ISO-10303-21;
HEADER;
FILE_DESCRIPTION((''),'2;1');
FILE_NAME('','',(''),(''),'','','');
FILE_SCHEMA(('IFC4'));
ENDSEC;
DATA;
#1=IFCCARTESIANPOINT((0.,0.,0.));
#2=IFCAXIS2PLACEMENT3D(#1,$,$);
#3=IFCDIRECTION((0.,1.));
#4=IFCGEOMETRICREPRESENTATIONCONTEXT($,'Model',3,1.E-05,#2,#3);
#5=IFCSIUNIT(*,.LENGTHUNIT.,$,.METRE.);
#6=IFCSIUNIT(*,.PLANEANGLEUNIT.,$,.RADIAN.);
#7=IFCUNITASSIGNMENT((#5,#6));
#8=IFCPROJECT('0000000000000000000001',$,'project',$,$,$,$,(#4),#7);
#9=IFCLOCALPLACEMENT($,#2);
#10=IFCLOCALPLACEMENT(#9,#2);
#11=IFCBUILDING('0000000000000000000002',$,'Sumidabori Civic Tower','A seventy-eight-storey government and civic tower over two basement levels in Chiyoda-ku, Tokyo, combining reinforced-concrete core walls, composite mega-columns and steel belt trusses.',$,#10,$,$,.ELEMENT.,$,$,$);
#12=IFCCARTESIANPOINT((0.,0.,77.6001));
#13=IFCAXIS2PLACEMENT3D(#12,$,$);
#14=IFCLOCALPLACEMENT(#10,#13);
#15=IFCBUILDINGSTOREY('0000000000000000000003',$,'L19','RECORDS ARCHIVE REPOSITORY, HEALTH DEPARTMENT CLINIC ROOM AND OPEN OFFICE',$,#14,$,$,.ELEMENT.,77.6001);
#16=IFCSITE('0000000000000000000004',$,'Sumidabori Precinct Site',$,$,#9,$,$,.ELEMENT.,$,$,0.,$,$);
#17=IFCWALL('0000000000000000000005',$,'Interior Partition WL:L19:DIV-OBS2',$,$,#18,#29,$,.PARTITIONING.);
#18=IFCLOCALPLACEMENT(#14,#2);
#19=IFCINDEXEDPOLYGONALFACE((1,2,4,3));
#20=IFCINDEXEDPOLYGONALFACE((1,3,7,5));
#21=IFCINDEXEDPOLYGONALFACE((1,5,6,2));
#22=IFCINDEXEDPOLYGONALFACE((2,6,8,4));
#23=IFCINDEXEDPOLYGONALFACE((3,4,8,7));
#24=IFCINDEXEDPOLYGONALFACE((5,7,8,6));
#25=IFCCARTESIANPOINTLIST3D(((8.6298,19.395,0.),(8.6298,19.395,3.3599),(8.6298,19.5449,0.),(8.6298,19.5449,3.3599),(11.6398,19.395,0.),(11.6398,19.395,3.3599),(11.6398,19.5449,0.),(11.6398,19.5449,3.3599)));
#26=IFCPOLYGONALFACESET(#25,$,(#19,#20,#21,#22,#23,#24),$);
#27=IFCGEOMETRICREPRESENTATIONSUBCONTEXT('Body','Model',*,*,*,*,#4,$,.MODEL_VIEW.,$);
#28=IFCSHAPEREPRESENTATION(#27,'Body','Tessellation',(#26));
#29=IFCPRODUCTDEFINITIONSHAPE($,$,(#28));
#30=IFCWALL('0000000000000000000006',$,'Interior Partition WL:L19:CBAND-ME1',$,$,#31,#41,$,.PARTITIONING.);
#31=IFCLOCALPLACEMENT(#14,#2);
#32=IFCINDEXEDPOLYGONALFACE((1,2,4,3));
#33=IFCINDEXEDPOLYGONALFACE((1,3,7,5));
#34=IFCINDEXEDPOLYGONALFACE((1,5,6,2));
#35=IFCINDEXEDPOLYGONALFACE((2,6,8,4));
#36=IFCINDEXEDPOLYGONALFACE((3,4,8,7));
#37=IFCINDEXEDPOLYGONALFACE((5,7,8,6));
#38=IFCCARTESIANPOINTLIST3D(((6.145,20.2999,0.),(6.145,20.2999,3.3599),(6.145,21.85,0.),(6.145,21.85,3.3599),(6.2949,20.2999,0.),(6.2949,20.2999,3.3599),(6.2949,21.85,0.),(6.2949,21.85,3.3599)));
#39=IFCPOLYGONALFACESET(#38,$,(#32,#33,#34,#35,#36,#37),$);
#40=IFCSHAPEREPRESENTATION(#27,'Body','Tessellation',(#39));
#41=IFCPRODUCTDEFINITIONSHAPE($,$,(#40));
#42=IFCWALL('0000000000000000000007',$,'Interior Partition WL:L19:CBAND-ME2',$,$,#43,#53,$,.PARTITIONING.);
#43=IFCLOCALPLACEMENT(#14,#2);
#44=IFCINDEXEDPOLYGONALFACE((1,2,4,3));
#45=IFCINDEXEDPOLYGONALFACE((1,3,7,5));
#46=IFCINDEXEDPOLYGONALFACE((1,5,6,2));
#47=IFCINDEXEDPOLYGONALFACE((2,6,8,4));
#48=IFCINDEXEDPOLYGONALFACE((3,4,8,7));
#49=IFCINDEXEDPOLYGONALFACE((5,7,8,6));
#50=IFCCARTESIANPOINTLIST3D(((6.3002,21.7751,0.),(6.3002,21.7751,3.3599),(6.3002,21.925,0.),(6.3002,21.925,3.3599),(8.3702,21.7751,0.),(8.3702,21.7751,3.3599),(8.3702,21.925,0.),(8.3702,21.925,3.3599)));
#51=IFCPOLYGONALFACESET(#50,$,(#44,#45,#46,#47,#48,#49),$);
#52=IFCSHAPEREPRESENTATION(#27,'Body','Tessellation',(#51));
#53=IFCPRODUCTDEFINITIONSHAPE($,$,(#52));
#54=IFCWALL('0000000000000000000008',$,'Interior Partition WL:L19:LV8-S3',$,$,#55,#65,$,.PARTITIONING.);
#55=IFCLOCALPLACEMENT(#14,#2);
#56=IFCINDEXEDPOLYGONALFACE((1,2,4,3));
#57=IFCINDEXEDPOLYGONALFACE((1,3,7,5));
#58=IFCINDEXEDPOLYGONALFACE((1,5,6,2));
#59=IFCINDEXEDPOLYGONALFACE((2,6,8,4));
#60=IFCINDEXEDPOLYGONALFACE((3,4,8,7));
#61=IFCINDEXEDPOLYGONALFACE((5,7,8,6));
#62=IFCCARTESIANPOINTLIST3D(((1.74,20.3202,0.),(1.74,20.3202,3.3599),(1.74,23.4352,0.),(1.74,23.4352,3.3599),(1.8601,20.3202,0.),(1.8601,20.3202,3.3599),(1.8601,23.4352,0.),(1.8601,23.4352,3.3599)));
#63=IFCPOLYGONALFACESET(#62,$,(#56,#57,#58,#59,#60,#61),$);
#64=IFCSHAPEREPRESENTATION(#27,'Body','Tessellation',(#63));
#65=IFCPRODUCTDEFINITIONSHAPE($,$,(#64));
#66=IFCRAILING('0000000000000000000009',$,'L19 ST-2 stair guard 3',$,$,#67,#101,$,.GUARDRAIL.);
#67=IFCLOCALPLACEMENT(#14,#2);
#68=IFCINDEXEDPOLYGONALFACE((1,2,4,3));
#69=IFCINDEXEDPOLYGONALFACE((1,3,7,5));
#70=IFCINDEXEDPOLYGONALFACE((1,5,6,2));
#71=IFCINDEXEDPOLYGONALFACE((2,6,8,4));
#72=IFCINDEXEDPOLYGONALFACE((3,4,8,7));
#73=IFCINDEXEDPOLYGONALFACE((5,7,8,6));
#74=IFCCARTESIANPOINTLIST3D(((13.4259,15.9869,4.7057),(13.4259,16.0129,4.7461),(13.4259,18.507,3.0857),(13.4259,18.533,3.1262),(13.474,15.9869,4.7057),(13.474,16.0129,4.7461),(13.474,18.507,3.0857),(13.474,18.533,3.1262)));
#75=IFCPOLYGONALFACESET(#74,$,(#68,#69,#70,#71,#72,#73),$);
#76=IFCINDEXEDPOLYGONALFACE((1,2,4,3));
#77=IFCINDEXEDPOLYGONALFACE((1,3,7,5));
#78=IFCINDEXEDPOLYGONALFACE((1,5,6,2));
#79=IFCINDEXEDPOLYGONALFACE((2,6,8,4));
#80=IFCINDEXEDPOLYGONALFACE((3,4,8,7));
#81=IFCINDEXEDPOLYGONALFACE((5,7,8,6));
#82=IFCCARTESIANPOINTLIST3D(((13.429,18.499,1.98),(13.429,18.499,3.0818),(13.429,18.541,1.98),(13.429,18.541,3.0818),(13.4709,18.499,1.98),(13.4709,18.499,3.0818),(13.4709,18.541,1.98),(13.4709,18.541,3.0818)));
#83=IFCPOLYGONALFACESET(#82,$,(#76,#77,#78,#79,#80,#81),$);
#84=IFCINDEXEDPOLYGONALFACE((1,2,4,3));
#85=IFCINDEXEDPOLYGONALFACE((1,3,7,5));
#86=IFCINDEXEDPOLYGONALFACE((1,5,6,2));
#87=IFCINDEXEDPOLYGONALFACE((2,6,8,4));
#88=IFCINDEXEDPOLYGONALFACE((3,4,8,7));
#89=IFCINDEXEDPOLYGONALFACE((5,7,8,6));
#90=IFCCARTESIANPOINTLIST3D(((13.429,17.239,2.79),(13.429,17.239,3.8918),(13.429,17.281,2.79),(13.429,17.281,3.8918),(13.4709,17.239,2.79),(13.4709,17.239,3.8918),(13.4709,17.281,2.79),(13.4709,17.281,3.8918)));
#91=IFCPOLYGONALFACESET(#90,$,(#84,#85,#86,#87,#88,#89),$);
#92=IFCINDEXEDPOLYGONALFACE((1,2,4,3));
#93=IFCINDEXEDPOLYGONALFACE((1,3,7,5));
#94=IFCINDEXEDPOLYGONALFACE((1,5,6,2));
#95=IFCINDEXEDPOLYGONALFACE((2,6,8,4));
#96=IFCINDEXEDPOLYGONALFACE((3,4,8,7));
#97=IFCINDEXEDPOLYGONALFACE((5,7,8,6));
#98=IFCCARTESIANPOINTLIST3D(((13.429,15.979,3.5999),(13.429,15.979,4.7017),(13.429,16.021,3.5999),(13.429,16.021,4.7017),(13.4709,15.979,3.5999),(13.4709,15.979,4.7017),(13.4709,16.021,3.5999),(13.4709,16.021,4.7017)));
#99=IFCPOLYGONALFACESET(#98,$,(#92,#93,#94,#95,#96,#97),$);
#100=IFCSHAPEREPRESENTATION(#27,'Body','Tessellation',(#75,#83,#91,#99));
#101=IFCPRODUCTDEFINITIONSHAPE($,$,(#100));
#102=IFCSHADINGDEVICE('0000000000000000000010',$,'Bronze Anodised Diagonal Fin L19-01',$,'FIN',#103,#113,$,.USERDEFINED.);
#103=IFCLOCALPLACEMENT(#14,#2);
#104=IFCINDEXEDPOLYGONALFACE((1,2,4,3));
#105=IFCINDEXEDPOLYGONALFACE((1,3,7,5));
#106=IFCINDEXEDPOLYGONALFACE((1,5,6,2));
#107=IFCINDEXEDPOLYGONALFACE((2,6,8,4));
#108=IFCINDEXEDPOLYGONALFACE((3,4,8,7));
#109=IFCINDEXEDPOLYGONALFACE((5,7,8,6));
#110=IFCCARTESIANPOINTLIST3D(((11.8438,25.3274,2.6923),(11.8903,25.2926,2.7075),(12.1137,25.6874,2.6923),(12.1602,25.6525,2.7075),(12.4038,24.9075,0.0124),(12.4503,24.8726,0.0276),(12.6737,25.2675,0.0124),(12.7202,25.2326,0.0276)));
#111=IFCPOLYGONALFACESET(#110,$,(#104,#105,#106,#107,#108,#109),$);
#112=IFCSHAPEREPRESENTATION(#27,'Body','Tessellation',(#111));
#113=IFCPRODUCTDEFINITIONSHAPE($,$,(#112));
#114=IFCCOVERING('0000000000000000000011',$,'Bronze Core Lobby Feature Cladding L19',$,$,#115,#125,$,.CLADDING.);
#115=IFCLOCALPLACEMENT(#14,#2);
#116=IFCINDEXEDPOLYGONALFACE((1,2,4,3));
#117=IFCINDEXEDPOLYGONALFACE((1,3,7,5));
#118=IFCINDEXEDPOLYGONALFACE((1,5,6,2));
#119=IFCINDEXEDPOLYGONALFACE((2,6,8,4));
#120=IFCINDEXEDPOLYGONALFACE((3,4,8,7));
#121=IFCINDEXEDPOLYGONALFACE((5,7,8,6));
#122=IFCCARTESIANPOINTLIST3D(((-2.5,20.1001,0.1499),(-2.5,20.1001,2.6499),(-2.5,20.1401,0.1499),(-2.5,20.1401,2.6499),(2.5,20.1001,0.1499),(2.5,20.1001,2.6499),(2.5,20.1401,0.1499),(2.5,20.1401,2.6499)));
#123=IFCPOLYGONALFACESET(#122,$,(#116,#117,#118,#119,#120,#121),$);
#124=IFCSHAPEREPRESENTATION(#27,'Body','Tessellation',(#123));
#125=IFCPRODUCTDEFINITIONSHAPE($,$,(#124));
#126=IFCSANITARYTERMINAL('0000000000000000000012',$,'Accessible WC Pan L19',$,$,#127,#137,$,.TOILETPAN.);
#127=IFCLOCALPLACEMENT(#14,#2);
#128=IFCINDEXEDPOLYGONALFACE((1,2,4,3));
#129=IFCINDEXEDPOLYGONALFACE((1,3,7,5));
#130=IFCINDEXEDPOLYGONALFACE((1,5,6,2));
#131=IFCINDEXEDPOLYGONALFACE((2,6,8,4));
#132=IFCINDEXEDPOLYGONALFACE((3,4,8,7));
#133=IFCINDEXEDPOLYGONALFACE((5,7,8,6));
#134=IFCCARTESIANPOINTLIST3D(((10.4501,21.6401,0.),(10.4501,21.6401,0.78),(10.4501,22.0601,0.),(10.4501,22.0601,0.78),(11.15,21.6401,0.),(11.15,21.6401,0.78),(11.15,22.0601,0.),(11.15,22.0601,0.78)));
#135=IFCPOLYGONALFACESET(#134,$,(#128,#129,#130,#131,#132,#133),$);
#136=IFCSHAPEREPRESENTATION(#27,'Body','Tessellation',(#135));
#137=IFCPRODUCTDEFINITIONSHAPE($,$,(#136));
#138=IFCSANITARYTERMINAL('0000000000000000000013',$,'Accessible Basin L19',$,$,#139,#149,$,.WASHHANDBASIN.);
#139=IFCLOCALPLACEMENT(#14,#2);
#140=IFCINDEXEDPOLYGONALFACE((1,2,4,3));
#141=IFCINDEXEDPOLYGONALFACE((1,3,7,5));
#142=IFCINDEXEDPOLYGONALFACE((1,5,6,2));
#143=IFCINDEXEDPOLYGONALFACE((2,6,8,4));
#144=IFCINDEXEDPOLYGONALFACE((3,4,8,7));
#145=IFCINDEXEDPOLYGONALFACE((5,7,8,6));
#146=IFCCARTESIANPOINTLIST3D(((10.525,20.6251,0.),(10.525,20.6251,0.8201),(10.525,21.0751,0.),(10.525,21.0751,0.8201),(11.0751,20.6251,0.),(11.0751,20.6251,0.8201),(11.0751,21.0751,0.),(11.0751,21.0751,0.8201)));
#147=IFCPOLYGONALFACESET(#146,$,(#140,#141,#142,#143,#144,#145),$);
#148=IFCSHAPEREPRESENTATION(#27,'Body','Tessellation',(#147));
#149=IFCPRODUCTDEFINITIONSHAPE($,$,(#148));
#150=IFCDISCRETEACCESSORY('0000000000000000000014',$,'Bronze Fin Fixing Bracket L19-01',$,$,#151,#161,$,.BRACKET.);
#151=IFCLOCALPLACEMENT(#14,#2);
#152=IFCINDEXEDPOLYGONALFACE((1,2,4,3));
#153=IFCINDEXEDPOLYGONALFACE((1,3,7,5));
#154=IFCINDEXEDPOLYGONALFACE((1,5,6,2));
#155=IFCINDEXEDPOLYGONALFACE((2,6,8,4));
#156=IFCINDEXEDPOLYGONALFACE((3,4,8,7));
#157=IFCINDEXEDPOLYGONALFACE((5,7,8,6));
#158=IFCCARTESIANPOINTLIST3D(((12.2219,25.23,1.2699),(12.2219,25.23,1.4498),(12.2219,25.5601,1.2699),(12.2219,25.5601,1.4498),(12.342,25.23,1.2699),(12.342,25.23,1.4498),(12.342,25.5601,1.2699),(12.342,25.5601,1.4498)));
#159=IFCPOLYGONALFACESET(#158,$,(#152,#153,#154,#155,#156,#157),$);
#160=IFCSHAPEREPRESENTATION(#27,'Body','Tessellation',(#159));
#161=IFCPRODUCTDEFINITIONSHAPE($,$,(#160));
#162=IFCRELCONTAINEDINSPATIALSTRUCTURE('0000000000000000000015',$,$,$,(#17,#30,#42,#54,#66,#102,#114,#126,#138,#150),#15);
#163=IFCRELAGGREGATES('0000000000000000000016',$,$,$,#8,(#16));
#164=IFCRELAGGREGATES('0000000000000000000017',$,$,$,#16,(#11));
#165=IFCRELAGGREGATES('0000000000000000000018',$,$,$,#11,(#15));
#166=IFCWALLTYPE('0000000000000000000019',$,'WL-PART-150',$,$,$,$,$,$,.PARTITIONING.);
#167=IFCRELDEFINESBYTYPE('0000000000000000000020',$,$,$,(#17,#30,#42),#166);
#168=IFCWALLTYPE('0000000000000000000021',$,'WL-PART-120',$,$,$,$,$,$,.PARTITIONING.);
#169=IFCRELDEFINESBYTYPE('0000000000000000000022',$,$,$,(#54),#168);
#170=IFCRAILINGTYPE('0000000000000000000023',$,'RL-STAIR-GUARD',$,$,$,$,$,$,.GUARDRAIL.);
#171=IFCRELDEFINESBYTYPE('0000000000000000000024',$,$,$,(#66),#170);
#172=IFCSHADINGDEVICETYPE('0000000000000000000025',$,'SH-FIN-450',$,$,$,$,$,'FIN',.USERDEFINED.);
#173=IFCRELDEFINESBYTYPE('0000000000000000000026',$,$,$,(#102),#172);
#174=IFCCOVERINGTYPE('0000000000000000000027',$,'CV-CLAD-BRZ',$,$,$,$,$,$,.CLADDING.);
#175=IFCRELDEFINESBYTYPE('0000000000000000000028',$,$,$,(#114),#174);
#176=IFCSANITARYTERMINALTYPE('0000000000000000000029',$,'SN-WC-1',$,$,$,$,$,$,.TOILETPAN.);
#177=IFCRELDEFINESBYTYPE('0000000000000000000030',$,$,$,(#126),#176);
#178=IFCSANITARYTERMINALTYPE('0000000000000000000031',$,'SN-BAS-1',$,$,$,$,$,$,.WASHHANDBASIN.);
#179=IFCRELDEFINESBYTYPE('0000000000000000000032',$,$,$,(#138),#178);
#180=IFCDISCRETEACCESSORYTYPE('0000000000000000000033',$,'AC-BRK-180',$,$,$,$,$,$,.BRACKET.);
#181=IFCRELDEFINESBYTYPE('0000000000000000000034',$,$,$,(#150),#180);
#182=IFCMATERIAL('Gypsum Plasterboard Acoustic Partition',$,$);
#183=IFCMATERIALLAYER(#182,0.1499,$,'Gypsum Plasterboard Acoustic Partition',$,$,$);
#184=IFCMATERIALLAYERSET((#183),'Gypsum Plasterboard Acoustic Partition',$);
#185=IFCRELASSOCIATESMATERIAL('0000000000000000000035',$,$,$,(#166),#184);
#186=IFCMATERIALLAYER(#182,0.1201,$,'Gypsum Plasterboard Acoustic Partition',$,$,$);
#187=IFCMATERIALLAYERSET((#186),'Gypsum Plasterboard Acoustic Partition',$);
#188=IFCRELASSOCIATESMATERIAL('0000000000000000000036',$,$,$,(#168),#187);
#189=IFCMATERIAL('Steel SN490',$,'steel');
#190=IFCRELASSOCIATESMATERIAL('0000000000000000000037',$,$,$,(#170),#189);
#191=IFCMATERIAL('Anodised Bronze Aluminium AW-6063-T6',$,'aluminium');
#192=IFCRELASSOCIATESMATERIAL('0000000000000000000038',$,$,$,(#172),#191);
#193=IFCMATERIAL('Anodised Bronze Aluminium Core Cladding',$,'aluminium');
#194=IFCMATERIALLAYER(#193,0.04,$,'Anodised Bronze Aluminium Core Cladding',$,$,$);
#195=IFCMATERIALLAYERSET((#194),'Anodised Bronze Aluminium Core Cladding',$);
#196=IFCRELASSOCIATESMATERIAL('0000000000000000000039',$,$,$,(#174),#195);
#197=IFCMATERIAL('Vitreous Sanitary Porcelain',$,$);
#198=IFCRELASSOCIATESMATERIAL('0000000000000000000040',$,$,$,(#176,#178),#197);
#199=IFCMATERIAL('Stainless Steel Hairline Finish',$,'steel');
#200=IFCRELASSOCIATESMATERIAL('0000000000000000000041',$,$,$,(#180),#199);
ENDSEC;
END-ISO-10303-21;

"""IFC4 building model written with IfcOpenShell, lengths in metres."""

from ifc_helpers import new_model, si_unit, direction, frame, frame_2d, origin, origin_2d, place, context, subcontext, project, spatial, rectangle, extrude, source, transform, mapped, material, layer, layer_set, material_profile, profile_set, type_object, element, save


model = new_model("IFC4")

# Units and contexts
model_context = context("Model", 3, precision=1e-05, world=origin(), true_north=direction((0.0, 1.0)))
body_context = subcontext(model_context, "Body", "Model", "MODEL_VIEW")
ifc_project = project(units=[si_unit("LENGTHUNIT", "METRE"), si_unit("PLANEANGLEUNIT", "RADIAN")], contexts=[model_context])

# Site, building, storey
site_placement = place(None, origin())
site = spatial("IfcSite", under=ifc_project, at=site_placement, Name="Sumidabori Precinct Site", CompositionType="ELEMENT", RefElevation=0.0)
building_placement = place(site_placement, origin())
building = spatial("IfcBuilding", under=site, at=building_placement, Name="Sumidabori Civic Tower", Description="A seventy-eight-storey government and civic tower over two basement levels in Chiyoda-ku, Tokyo, combining reinforced-concrete core walls, composite mega-columns and steel belt trusses.", CompositionType="ELEMENT")
storey_placement = place(building_placement, frame((0.0, 0.0, 77.6001)))
storey = spatial("IfcBuildingStorey", under=building, at=storey_placement, Name="L19", Description="RECORDS ARCHIVE REPOSITORY, HEALTH DEPARTMENT CLINIC ROOM AND OPEN OFFICE", CompositionType="ELEMENT", Elevation=77.6001)

# Shared definitions
ifc_material_1 = material(Name="Steel SN490", Category="steel")

# Shared definitions
ifc_material_2 = material(Name="Anodised Bronze Aluminium AW-6063-T6", Category="aluminium")

# Walls
ifc_material_3 = material(Name="Gypsum Plasterboard Acoustic Partition")
ifc_layer_1 = layer(ifc_material_3, 0.1499, Name="Gypsum Plasterboard Acoustic Partition")
ifc_layer_set_1 = layer_set([ifc_layer_1], Name="Gypsum Plasterboard Acoustic Partition")
wall_type_1 = type_object("IfcWallType", Name="WL-PART-150", PredefinedType="PARTITIONING", material=ifc_layer_set_1)
shared_shape_1 = source(origin(), body_context, "Body", "SweptSolid", [
    extrude(rectangle(XDim=3.01, YDim=0.1499, at=frame_2d((1.5049, 0.0))), origin(), (0.0, 0.0, 1.0), 3.3599),
])
wall_1_placement = place(storey_placement, frame((8.6299, 19.47, 0.0), z_axis=(0.0, 0.0, 1.0), x_axis=(1.0, 0.0, 0.0)))
element("IfcWall", 1, at=wall_1_placement, inside=storey, type_object=wall_type_1, Name="Interior Partition WL:L19:DIV-OBS2", PredefinedType="PARTITIONING", context=body_context, shape_type="MappedRepresentation", body=[
    mapped(shared_shape_1, transform((0.0, 0.0, 0.0), x_axis=(1.0, 0.0, 0.0), y_axis=(0.0, 1.0, 0.0), z_axis=(0.0, 0.0, 1.0), scale=1.0)),
])
shared_shape_2 = source(origin(), body_context, "Body", "SweptSolid", [
    extrude(rectangle(XDim=1.55, YDim=0.1499, at=frame_2d((0.7749, 0.0))), origin(), (0.0, 0.0, 1.0), 3.3599),
])
wall_2_placement = place(storey_placement, frame((6.22, 20.3, 0.0), z_axis=(0.0, 0.0, 1.0), x_axis=(0.0, 1.0, 0.0)))
element("IfcWall", 2, at=wall_2_placement, inside=storey, type_object=wall_type_1, Name="Interior Partition WL:L19:CBAND-ME1", PredefinedType="PARTITIONING", context=body_context, shape_type="MappedRepresentation", body=[
    mapped(shared_shape_2, transform((0.0, 0.0, 0.0), x_axis=(1.0, 0.0, 0.0), y_axis=(0.0, 1.0, 0.0), z_axis=(0.0, 0.0, 1.0), scale=1.0)),
])
shared_shape_3 = source(origin(), body_context, "Body", "SweptSolid", [
    extrude(rectangle(XDim=2.0701, YDim=0.1499, at=frame_2d((1.0352, 0.0))), origin(), (0.0, 0.0, 1.0), 3.3599),
])
wall_3_placement = place(storey_placement, frame((6.3, 21.8501, 0.0), z_axis=(0.0, 0.0, 1.0), x_axis=(1.0, 0.0, 0.0)))
element("IfcWall", 3, at=wall_3_placement, inside=storey, type_object=wall_type_1, Name="Interior Partition WL:L19:CBAND-ME2", PredefinedType="PARTITIONING", context=body_context, shape_type="MappedRepresentation", body=[
    mapped(shared_shape_3, transform((0.0, 0.0, 0.0), x_axis=(1.0, 0.0, 0.0), y_axis=(0.0, 1.0, 0.0), z_axis=(0.0, 0.0, 1.0), scale=1.0)),
])
ifc_layer_2 = layer(ifc_material_3, 0.1201, Name="Gypsum Plasterboard Acoustic Partition")
ifc_layer_set_2 = layer_set([ifc_layer_2], Name="Gypsum Plasterboard Acoustic Partition")
wall_type_2 = type_object("IfcWallType", Name="WL-PART-120", PredefinedType="PARTITIONING", material=ifc_layer_set_2)
shared_shape_4 = source(origin(), body_context, "Body", "SweptSolid", [
    extrude(rectangle(XDim=3.115, YDim=0.1201, at=frame_2d((1.5576, 0.0))), origin(), (0.0, 0.0, 1.0), 3.3599),
])
wall_4_placement = place(storey_placement, frame((1.8, 20.3201, 0.0), z_axis=(0.0, 0.0, 1.0), x_axis=(0.0, 1.0, 0.0)))
element("IfcWall", 4, at=wall_4_placement, inside=storey, type_object=wall_type_2, Name="Interior Partition WL:L19:LV8-S3", PredefinedType="PARTITIONING", context=body_context, shape_type="MappedRepresentation", body=[
    mapped(shared_shape_4, transform((0.0, 0.0, 0.0), x_axis=(1.0, 0.0, 0.0), y_axis=(0.0, 1.0, 0.0), z_axis=(0.0, 0.0, 1.0), scale=1.0)),
])

# Railing
railing_type = type_object("IfcRailingType", Name="RL-STAIR-GUARD", PredefinedType="GUARDRAIL", material=ifc_material_1)
railing_placement = place(storey_placement, frame((13.45, 18.52, 1.98)))
element("IfcRailing", 5, at=railing_placement, inside=storey, type_object=railing_type, Name="L19 ST-2 stair guard 3", PredefinedType="GUARDRAIL", context=body_context, shape_type="SweptSolid", body=[
    extrude(rectangle(XDim=0.0481, YDim=0.0481, at=origin_2d()), frame((0.0, 0.0, 1.126), z_axis=(0.0, -0.8412, 0.540725), x_axis=(1.0, 0.0, 0.0)), (0.0, 0.0, 1.0), 2.9958),
    extrude(rectangle(XDim=0.042, YDim=0.042, at=origin_2d()), origin(), (0.0, 0.0, 1.0), 1.1018),
    extrude(rectangle(XDim=0.042, YDim=0.042, at=origin_2d()), frame((0.0, -1.26, 0.8101)), (0.0, 0.0, 1.0), 1.1018),
    extrude(rectangle(XDim=0.042, YDim=0.042, at=origin_2d()), frame((0.0, -2.52, 1.6199)), (0.0, 0.0, 1.0), 1.1018),
])

# Shading device
ifc_material_profile_1 = material_profile(ifc_material_2, rectangle(XDim=0.0601, YDim=0.45, at=origin_2d()), Name="BRONZE FIN 450x60")
ifc_profile_set_1 = profile_set([ifc_material_profile_1], Name="Anodised Bronze Aluminium AW-6063-T6")
shading_device_type = type_object("IfcShadingDeviceType", Name="SH-FIN-450", ElementType="FIN", PredefinedType="USERDEFINED", material=ifc_profile_set_1)
shared_shape_5 = source(origin(), body_context, "Body", "SweptSolid", [
    extrude(rectangle(XDim=0.0601, YDim=0.45, at=origin_2d()), origin(), (0.0, 0.0, 1.0), 2.7698),
])
shading_device_placement = place(storey_placement, frame((12.562, 25.0701, 0.02), z_axis=(-0.202199, 0.151605, 0.967539), x_axis=(0.774112, -0.580415, 0.252722)))
element("IfcShadingDevice", 6, at=shading_device_placement, inside=storey, type_object=shading_device_type, Name="Bronze Anodised Diagonal Fin L19-01", ObjectType="FIN", PredefinedType="USERDEFINED", context=body_context, shape_type="MappedRepresentation", body=[
    mapped(shared_shape_5, transform((0.0, 0.0, 0.0), x_axis=(1.0, 0.0, 0.0), y_axis=(0.0, 1.0, 0.0), z_axis=(0.0, 0.0, 1.0), scale=1.0)),
])

# Covering
ifc_material_4 = material(Name="Anodised Bronze Aluminium Core Cladding", Category="aluminium")
ifc_layer_3 = layer(ifc_material_4, 0.04, Name="Anodised Bronze Aluminium Core Cladding")
ifc_layer_set_3 = layer_set([ifc_layer_3], Name="Anodised Bronze Aluminium Core Cladding")
covering_type = type_object("IfcCoveringType", Name="CV-CLAD-BRZ", PredefinedType="CLADDING", material=ifc_layer_set_3)
shared_shape_6 = source(origin(), body_context, "Body", "SweptSolid", [
    extrude(rectangle(XDim=5.0, YDim=0.04, at=origin_2d()), origin(), (0.0, 0.0, 1.0), 2.5),
])
covering_placement = place(storey_placement, frame((0.0, 20.1201, 0.1499), z_axis=(0.0, 0.0, 1.0), x_axis=(1.0, 0.0, 0.0)))
element("IfcCovering", 7, at=covering_placement, inside=storey, type_object=covering_type, Name="Bronze Core Lobby Feature Cladding L19", PredefinedType="CLADDING", context=body_context, shape_type="MappedRepresentation", body=[
    mapped(shared_shape_6, transform((0.0, 0.0, 0.0), x_axis=(1.0, 0.0, 0.0), y_axis=(0.0, 1.0, 0.0), z_axis=(0.0, 0.0, 1.0), scale=1.0)),
])

# Sanitary terminals
ifc_material_5 = material(Name="Vitreous Sanitary Porcelain")
sanitary_terminal_type_1 = type_object("IfcSanitaryTerminalType", Name="SN-WC-1", PredefinedType="TOILETPAN", material=ifc_material_5)
shared_shape_7 = source(origin(), body_context, "Body", "SweptSolid", [
    extrude(rectangle(XDim=0.7, YDim=0.4199, at=origin_2d()), origin(), (0.0, 0.0, 1.0), 0.78),
])
sanitary_terminal_1_placement = place(storey_placement, frame((10.8, 21.8501, 0.0), z_axis=(0.0, 0.0, 1.0), x_axis=(1.0, 0.0, 0.0)))
element("IfcSanitaryTerminal", 8, at=sanitary_terminal_1_placement, inside=storey, type_object=sanitary_terminal_type_1, Name="Accessible WC Pan L19", PredefinedType="TOILETPAN", context=body_context, shape_type="MappedRepresentation", body=[
    mapped(shared_shape_7, transform((0.0, 0.0, 0.0), x_axis=(1.0, 0.0, 0.0), y_axis=(0.0, 1.0, 0.0), z_axis=(0.0, 0.0, 1.0), scale=1.0)),
])
sanitary_terminal_type_2 = type_object("IfcSanitaryTerminalType", Name="SN-BAS-1", PredefinedType="WASHHANDBASIN", material=ifc_material_5)
shared_shape_8 = source(origin(), body_context, "Body", "SweptSolid", [
    extrude(rectangle(XDim=0.55, YDim=0.45, at=origin_2d()), origin(), (0.0, 0.0, 1.0), 0.8201),
])
sanitary_terminal_2_placement = place(storey_placement, frame((10.8, 20.8501, 0.0), z_axis=(0.0, 0.0, 1.0), x_axis=(1.0, 0.0, 0.0)))
element("IfcSanitaryTerminal", 9, at=sanitary_terminal_2_placement, inside=storey, type_object=sanitary_terminal_type_2, Name="Accessible Basin L19", PredefinedType="WASHHANDBASIN", context=body_context, shape_type="MappedRepresentation", body=[
    mapped(shared_shape_8, transform((0.0, 0.0, 0.0), x_axis=(1.0, 0.0, 0.0), y_axis=(0.0, 1.0, 0.0), z_axis=(0.0, 0.0, 1.0), scale=1.0)),
])

# Discrete accessory
ifc_material_6 = material(Name="Stainless Steel Hairline Finish", Category="steel")
ifc_material_profile_2 = material_profile(ifc_material_6, rectangle(XDim=0.1201, YDim=0.1799, at=origin_2d()), Name="STEEL BRACKET 180x120")
ifc_profile_set_2 = profile_set([ifc_material_profile_2], Name="Stainless Steel Hairline Finish")
discrete_accessory_type = type_object("IfcDiscreteAccessoryType", Name="AC-BRK-180", PredefinedType="BRACKET", material=ifc_profile_set_2)
shared_shape_9 = source(origin(), body_context, "Body", "SweptSolid", [
    extrude(rectangle(XDim=0.1201, YDim=0.1799, at=origin_2d()), origin(), (0.0, 0.0, 1.0), 0.3301),
])
discrete_accessory_placement = place(storey_placement, frame((12.282, 25.23, 1.3599), z_axis=(0.0, 1.0, 0.0), x_axis=(-1.0, 0.0, 0.0)))
element("IfcDiscreteAccessory", 10, at=discrete_accessory_placement, inside=storey, type_object=discrete_accessory_type, Name="Bronze Fin Fixing Bracket L19-01", PredefinedType="BRACKET", context=body_context, shape_type="MappedRepresentation", body=[
    mapped(shared_shape_9, transform((0.0, 0.0, 0.0), x_axis=(1.0, 0.0, 0.0), y_axis=(0.0, 1.0, 0.0), z_axis=(0.0, 0.0, 1.0), scale=1.0)),
])

save(model, "model.ifc")
